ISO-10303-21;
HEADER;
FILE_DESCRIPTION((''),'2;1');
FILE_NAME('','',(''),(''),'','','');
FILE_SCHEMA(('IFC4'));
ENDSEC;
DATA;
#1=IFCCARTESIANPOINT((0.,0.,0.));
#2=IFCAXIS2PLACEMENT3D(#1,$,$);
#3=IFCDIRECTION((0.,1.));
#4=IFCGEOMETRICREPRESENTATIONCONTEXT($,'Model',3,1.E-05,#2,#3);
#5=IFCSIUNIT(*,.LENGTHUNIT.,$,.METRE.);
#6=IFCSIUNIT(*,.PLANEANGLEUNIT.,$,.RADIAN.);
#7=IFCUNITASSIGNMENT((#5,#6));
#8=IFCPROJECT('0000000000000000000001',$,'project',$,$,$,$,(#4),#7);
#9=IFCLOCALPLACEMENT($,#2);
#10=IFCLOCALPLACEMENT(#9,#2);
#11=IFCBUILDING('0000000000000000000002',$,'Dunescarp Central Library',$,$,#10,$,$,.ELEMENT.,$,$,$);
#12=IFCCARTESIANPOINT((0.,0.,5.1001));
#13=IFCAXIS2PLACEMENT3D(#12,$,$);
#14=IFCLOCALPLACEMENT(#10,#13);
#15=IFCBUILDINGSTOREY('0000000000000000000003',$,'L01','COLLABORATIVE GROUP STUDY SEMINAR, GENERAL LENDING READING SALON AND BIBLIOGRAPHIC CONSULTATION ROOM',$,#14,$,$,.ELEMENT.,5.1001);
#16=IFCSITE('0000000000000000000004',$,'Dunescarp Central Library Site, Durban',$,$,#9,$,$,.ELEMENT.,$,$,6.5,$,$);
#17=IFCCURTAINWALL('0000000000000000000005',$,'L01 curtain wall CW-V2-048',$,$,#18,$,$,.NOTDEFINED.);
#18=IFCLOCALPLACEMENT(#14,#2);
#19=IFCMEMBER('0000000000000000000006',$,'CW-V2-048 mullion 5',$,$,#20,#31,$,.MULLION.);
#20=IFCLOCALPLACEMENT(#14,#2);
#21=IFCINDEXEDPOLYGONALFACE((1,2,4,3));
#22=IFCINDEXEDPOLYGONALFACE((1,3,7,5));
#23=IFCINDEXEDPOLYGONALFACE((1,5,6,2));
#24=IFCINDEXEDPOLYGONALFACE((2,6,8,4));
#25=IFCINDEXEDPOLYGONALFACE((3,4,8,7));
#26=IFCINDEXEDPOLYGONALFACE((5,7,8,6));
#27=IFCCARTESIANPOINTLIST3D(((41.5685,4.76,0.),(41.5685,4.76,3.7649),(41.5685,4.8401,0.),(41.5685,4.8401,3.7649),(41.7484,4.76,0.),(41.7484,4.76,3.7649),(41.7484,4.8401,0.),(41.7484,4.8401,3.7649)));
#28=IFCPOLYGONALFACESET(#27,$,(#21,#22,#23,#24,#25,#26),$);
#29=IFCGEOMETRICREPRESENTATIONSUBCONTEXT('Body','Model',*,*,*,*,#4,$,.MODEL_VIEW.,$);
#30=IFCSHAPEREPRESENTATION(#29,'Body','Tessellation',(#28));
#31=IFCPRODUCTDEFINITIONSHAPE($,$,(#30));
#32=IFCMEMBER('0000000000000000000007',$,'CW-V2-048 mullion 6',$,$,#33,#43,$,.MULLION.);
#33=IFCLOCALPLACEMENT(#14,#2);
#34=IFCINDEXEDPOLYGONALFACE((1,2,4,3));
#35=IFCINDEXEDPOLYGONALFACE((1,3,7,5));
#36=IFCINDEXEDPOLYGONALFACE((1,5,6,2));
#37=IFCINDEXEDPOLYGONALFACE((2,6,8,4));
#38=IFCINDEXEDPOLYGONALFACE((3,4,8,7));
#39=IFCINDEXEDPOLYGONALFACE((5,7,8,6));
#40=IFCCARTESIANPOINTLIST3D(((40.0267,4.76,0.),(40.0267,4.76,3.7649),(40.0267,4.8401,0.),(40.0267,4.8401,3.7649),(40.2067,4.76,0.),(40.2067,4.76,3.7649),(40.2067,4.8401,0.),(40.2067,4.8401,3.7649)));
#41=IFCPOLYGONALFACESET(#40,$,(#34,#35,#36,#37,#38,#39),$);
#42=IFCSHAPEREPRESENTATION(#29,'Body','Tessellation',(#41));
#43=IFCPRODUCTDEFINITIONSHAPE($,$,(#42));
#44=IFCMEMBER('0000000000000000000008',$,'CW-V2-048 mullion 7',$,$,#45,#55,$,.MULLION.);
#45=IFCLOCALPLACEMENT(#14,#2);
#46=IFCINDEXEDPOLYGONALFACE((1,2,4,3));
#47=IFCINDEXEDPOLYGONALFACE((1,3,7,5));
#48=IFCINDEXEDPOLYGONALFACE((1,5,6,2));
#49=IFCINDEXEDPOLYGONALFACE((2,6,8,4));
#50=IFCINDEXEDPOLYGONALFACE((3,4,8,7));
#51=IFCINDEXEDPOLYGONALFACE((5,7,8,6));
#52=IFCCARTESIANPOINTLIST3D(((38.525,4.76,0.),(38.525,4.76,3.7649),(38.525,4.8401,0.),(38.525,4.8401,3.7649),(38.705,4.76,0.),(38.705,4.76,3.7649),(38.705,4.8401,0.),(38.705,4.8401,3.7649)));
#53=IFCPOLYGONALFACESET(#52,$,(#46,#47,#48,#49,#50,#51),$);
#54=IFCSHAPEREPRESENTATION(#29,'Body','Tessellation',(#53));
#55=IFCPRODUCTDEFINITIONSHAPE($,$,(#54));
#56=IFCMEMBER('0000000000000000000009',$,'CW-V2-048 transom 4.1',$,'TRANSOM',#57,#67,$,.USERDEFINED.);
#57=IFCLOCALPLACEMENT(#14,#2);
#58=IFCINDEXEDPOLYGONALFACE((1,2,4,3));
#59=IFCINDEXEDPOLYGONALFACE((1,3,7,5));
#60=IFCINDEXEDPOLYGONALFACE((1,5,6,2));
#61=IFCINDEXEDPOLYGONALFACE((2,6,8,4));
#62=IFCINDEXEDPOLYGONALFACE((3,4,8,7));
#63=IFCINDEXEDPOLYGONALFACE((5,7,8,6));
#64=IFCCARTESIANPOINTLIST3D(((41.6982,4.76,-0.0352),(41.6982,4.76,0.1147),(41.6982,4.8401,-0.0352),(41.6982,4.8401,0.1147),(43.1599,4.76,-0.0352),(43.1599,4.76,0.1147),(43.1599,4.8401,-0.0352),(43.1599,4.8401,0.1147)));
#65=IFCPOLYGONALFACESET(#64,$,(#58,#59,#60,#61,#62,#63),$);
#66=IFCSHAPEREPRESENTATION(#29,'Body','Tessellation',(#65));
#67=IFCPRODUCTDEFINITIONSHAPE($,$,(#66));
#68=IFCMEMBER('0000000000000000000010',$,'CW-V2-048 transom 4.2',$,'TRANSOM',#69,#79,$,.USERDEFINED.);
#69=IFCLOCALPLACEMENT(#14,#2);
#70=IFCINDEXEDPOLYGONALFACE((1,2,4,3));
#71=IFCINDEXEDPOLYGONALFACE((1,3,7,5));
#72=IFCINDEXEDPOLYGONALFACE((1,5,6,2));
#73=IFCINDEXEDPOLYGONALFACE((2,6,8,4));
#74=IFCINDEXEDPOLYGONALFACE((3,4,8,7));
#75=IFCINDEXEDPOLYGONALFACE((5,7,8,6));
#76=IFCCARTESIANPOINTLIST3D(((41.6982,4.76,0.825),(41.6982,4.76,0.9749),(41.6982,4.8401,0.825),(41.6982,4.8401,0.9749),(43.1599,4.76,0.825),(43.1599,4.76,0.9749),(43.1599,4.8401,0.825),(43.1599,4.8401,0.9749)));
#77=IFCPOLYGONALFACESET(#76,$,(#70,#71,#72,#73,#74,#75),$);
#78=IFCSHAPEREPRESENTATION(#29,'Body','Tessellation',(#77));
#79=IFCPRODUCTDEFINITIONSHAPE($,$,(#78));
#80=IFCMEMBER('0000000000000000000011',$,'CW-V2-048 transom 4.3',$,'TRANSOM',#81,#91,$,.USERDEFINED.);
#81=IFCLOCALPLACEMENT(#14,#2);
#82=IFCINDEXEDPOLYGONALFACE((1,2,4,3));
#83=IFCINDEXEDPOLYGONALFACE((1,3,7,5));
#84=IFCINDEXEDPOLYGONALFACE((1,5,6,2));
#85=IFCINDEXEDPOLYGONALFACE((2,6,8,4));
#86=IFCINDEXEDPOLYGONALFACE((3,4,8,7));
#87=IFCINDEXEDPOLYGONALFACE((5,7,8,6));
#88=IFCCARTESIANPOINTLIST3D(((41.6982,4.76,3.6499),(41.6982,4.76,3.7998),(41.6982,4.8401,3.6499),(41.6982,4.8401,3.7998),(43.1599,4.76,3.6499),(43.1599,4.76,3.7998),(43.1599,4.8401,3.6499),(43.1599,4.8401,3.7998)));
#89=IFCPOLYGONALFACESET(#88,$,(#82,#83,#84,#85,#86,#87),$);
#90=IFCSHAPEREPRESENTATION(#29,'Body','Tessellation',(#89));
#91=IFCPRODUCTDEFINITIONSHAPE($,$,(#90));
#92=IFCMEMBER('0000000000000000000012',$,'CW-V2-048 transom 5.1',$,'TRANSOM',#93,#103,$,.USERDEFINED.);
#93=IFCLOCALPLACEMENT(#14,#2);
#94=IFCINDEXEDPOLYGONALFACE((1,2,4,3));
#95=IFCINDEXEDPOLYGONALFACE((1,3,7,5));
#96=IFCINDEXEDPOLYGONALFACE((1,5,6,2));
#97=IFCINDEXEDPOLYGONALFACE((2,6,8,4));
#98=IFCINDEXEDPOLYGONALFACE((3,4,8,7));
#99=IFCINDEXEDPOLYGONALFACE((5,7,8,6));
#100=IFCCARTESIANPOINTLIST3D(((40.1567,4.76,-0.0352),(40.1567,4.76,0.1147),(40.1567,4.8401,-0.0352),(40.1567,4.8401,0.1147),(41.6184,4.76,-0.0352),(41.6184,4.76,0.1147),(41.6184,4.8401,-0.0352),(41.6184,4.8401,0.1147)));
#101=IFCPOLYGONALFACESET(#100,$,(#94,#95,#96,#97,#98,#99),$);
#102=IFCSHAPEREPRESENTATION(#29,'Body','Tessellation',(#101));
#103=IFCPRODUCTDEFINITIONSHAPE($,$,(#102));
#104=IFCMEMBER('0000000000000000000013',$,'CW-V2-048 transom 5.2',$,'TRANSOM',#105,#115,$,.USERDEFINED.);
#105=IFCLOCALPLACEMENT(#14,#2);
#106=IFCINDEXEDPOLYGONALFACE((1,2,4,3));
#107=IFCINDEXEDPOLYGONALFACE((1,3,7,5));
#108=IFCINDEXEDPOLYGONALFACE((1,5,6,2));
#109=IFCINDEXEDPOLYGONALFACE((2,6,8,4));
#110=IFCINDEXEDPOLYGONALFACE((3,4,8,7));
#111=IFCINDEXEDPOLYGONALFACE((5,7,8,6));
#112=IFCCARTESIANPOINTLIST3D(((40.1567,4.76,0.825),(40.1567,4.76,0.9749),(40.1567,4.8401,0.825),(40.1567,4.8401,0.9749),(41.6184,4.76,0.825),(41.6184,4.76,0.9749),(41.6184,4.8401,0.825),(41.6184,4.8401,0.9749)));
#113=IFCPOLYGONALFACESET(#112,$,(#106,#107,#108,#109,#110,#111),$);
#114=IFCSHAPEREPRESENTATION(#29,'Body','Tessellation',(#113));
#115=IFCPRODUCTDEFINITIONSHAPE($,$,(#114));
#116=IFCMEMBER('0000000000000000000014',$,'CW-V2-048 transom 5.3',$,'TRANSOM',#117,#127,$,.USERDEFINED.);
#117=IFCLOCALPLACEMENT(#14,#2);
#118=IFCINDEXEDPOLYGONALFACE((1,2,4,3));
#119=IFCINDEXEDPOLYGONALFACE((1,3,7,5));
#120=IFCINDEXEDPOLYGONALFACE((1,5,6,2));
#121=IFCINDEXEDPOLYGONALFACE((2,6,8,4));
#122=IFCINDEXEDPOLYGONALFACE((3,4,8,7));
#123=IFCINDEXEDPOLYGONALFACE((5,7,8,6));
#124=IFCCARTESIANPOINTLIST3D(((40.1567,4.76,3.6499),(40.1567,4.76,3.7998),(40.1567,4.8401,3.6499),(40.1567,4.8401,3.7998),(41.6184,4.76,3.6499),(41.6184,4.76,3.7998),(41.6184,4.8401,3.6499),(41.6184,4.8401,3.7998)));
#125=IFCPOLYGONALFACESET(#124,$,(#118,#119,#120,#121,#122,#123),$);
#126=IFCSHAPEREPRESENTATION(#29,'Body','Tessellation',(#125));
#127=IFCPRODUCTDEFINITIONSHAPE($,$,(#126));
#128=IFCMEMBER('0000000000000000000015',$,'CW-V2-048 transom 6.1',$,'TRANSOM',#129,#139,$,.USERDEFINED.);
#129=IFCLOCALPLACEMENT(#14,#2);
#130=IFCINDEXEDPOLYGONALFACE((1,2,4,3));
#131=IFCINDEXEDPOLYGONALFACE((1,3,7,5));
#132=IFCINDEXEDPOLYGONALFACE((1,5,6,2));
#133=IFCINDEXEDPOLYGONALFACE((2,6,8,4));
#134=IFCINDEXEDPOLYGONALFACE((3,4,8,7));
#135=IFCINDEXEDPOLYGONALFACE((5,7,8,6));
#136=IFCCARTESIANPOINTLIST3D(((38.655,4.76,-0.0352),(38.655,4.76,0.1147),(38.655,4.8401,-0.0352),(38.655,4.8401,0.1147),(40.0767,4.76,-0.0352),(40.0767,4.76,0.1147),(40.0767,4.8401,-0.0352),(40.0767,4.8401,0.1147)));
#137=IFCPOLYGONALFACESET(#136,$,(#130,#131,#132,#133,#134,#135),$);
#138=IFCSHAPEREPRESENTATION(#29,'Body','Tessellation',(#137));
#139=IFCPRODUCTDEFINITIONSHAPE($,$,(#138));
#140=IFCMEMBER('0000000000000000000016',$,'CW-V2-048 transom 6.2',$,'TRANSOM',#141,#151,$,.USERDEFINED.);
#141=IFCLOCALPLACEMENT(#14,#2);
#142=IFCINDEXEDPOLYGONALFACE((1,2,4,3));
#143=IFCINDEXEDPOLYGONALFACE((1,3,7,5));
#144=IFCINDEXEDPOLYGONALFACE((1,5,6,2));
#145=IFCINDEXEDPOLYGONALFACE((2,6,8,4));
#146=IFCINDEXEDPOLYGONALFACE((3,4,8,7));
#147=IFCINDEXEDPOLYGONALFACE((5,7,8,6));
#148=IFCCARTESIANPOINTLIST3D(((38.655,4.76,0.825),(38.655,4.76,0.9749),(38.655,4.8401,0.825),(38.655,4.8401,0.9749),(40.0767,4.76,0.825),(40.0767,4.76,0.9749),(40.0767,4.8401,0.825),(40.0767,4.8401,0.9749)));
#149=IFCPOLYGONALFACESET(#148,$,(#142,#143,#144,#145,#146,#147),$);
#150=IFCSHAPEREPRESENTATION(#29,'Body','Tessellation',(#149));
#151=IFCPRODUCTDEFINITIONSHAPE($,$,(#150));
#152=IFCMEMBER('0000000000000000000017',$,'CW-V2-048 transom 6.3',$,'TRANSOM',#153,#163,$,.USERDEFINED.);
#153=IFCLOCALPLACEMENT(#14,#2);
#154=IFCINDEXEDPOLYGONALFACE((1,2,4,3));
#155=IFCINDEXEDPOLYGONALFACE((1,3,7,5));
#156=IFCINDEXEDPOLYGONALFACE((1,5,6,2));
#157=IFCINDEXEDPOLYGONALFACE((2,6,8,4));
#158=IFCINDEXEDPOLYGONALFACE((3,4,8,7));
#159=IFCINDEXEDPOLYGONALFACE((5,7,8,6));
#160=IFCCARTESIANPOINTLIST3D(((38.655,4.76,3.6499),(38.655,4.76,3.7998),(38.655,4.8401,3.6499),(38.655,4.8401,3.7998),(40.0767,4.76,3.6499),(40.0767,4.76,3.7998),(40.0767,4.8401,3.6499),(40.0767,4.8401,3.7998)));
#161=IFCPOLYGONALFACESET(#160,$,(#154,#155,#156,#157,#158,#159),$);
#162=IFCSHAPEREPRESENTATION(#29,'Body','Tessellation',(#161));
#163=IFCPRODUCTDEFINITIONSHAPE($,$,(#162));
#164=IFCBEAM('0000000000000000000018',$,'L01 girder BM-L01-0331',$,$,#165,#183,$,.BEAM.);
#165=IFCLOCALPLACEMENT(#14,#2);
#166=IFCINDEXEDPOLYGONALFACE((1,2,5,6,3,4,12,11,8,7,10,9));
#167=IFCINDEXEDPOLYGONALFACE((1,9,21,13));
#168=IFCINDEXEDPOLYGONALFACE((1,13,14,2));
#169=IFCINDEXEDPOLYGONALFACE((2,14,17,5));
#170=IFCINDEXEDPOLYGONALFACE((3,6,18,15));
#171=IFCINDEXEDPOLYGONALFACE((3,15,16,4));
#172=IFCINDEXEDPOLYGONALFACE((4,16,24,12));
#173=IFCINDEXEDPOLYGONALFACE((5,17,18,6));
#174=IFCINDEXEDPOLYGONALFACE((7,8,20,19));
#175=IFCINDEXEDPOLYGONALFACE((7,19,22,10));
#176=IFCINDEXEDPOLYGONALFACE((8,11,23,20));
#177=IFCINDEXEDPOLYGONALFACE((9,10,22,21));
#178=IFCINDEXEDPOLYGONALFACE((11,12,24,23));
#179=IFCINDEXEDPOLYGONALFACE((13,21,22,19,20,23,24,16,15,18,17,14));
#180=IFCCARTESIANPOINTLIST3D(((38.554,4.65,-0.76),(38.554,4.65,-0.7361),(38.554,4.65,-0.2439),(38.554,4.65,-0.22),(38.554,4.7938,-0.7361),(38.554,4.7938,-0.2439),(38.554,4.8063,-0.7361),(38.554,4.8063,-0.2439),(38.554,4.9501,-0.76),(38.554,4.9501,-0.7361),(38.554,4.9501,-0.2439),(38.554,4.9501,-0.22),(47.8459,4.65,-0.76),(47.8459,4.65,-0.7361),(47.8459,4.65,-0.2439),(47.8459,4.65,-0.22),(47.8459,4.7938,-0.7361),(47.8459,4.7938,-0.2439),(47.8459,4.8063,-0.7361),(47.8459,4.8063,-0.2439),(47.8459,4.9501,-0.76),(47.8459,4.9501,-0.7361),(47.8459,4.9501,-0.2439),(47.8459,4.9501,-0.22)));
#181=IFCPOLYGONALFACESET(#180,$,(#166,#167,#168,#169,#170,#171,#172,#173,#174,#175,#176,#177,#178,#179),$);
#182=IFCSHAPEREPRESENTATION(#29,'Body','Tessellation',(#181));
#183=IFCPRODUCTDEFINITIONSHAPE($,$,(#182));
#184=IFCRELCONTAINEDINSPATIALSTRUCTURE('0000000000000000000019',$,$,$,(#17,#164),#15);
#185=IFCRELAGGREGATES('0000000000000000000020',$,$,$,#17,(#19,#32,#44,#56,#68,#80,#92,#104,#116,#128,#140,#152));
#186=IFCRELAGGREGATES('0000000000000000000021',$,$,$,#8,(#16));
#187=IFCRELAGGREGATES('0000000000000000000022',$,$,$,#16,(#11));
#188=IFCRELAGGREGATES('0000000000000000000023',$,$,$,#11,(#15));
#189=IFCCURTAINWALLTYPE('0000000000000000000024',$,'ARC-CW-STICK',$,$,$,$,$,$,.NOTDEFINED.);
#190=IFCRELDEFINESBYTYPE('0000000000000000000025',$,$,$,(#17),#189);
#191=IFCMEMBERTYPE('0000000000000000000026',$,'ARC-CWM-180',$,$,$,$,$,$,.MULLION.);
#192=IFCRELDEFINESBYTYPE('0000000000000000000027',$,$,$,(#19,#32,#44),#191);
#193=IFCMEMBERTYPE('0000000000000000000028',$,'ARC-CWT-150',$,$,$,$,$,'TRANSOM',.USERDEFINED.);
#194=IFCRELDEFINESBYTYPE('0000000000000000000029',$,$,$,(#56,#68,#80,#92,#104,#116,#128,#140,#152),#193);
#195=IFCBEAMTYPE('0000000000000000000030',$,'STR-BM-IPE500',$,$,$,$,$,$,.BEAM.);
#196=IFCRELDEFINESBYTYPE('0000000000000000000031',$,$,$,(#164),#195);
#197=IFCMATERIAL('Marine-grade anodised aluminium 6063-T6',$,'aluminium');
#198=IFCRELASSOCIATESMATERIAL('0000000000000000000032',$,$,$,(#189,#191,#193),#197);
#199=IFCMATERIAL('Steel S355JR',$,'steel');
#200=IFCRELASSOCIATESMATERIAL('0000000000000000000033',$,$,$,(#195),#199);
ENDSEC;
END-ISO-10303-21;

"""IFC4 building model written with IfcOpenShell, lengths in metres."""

from ifc_helpers import new_model, si_unit, direction, frame, origin, origin_2d, place, context, subcontext, project, spatial, rectangle, i_section, extrude, material, material_profile, profile_set, type_object, element, aggregate, save


model = new_model("IFC4")

# Units and contexts
model_context = context("Model", 3, precision=1e-05, world=origin(), true_north=direction((0.0, 1.0)))
body_context = subcontext(model_context, "Body", "Model", "MODEL_VIEW")
ifc_project = project(units=[si_unit("LENGTHUNIT", "METRE"), si_unit("PLANEANGLEUNIT", "RADIAN")], contexts=[model_context])

# Site, building, storey
site_placement = place(None, origin())
site = spatial("IfcSite", under=ifc_project, at=site_placement, Name="Dunescarp Central Library Site, Durban", CompositionType="ELEMENT", RefElevation=6.5)
building_placement = place(site_placement, origin())
building = spatial("IfcBuilding", under=site, at=building_placement, Name="Dunescarp Central Library", CompositionType="ELEMENT")
storey_placement = place(building_placement, frame((0.0, 0.0, 5.1001)))
storey = spatial("IfcBuildingStorey", under=building, at=storey_placement, Name="L01", Description="COLLABORATIVE GROUP STUDY SEMINAR, GENERAL LENDING READING SALON AND BIBLIOGRAPHIC CONSULTATION ROOM", CompositionType="ELEMENT", Elevation=5.1001)

# Curtain wall, members
ifc_material_1 = material(Name="Marine-grade anodised aluminium 6063-T6", Category="aluminium")
curtain_wall_type = type_object("IfcCurtainWallType", Name="ARC-CW-STICK", PredefinedType="NOTDEFINED", material=ifc_material_1)
curtain_wall_placement = place(storey_placement, origin())
curtain_wall = element("IfcCurtainWall", 1, at=curtain_wall_placement, inside=storey, type_object=curtain_wall_type, Name="L01 curtain wall CW-V2-048", PredefinedType="NOTDEFINED")
ifc_material_profile_1 = material_profile(ifc_material_1, rectangle(XDim=0.0801, YDim=0.1799, at=origin_2d()), Name="AL 80x180")
ifc_profile_set_1 = profile_set([ifc_material_profile_1], Name="Marine-grade anodised aluminium 6063-T6")
member_type_1 = type_object("IfcMemberType", Name="ARC-CWM-180", PredefinedType="MULLION", material=ifc_profile_set_1)
member_1_placement = place(storey_placement, frame((41.6584, 4.8, 0.0), z_axis=(0.0, 0.0, 1.0), x_axis=(0.0, -1.0, 0.0)))
member_1 = element("IfcMember", 2, at=member_1_placement, type_object=member_type_1, Name="CW-V2-048 mullion 5", PredefinedType="MULLION", context=body_context, shape_type="SweptSolid", body=[
    extrude(rectangle(XDim=0.0801, YDim=0.1799, at=origin_2d()), origin(), (0.0, 0.0, 1.0), 3.7649),
])
member_2_placement = place(storey_placement, frame((40.1167, 4.8, 0.0), z_axis=(0.0, 0.0, 1.0), x_axis=(0.0, -1.0, 0.0)))
member_2 = element("IfcMember", 3, at=member_2_placement, type_object=member_type_1, Name="CW-V2-048 mullion 6", PredefinedType="MULLION", context=body_context, shape_type="SweptSolid", body=[
    extrude(rectangle(XDim=0.0801, YDim=0.1799, at=origin_2d()), origin(), (0.0, 0.0, 1.0), 3.7649),
])
member_3_placement = place(storey_placement, frame((38.615, 4.8, 0.0), z_axis=(0.0, 0.0, 1.0), x_axis=(0.0, -1.0, 0.0)))
member_3 = element("IfcMember", 4, at=member_3_placement, type_object=member_type_1, Name="CW-V2-048 mullion 7", PredefinedType="MULLION", context=body_context, shape_type="SweptSolid", body=[
    extrude(rectangle(XDim=0.0801, YDim=0.1799, at=origin_2d()), origin(), (0.0, 0.0, 1.0), 3.7649),
])
ifc_material_profile_2 = material_profile(ifc_material_1, rectangle(XDim=0.0801, YDim=0.1499, at=origin_2d()), Name="AL 80x150")
ifc_profile_set_2 = profile_set([ifc_material_profile_2], Name="Marine-grade anodised aluminium 6063-T6")
member_type_2 = type_object("IfcMemberType", Name="ARC-CWT-150", ElementType="TRANSOM", PredefinedType="USERDEFINED", material=ifc_profile_set_2)
member_4_placement = place(storey_placement, frame((43.1599, 4.8, 0.0398), z_axis=(-1.0, 0.0, 0.0), x_axis=(0.0, -1.0, 0.0)))
member_4 = element("IfcMember", 5, at=member_4_placement, type_object=member_type_2, Name="CW-V2-048 transom 4.1", ObjectType="TRANSOM", PredefinedType="USERDEFINED", context=body_context, shape_type="SweptSolid", body=[
    extrude(rectangle(XDim=0.0801, YDim=0.1499, at=origin_2d()), origin(), (0.0, 0.0, 1.0), 1.4617),
])
member_5_placement = place(storey_placement, frame((43.1599, 4.8, 0.8999), z_axis=(-1.0, 0.0, 0.0), x_axis=(0.0, -1.0, 0.0)))
member_5 = element("IfcMember", 6, at=member_5_placement, type_object=member_type_2, Name="CW-V2-048 transom 4.2", ObjectType="TRANSOM", PredefinedType="USERDEFINED", context=body_context, shape_type="SweptSolid", body=[
    extrude(rectangle(XDim=0.0801, YDim=0.1499, at=origin_2d()), origin(), (0.0, 0.0, 1.0), 1.4617),
])
member_6_placement = place(storey_placement, frame((43.1599, 4.8, 3.7249), z_axis=(-1.0, 0.0, 0.0), x_axis=(0.0, -1.0, 0.0)))
member_6 = element("IfcMember", 7, at=member_6_placement, type_object=member_type_2, Name="CW-V2-048 transom 4.3", ObjectType="TRANSOM", PredefinedType="USERDEFINED", context=body_context, shape_type="SweptSolid", body=[
    extrude(rectangle(XDim=0.0801, YDim=0.1499, at=origin_2d()), origin(), (0.0, 0.0, 1.0), 1.4617),
])
member_7_placement = place(storey_placement, frame((41.6184, 4.8, 0.0398), z_axis=(-1.0, 0.0, 0.0), x_axis=(0.0, -1.0, 0.0)))
member_7 = element("IfcMember", 8, at=member_7_placement, type_object=member_type_2, Name="CW-V2-048 transom 5.1", ObjectType="TRANSOM", PredefinedType="USERDEFINED", context=body_context, shape_type="SweptSolid", body=[
    extrude(rectangle(XDim=0.0801, YDim=0.1499, at=origin_2d()), origin(), (0.0, 0.0, 1.0), 1.4617),
])
member_8_placement = place(storey_placement, frame((41.6184, 4.8, 0.8999), z_axis=(-1.0, 0.0, 0.0), x_axis=(0.0, -1.0, 0.0)))
member_8 = element("IfcMember", 9, at=member_8_placement, type_object=member_type_2, Name="CW-V2-048 transom 5.2", ObjectType="TRANSOM", PredefinedType="USERDEFINED", context=body_context, shape_type="SweptSolid", body=[
    extrude(rectangle(XDim=0.0801, YDim=0.1499, at=origin_2d()), origin(), (0.0, 0.0, 1.0), 1.4617),
])
member_9_placement = place(storey_placement, frame((41.6184, 4.8, 3.7249), z_axis=(-1.0, 0.0, 0.0), x_axis=(0.0, -1.0, 0.0)))
member_9 = element("IfcMember", 10, at=member_9_placement, type_object=member_type_2, Name="CW-V2-048 transom 5.3", ObjectType="TRANSOM", PredefinedType="USERDEFINED", context=body_context, shape_type="SweptSolid", body=[
    extrude(rectangle(XDim=0.0801, YDim=0.1499, at=origin_2d()), origin(), (0.0, 0.0, 1.0), 1.4617),
])
member_10_placement = place(storey_placement, frame((40.0767, 4.8, 0.0398), z_axis=(-1.0, 0.0, 0.0), x_axis=(0.0, -1.0, 0.0)))
member_10 = element("IfcMember", 11, at=member_10_placement, type_object=member_type_2, Name="CW-V2-048 transom 6.1", ObjectType="TRANSOM", PredefinedType="USERDEFINED", context=body_context, shape_type="SweptSolid", body=[
    extrude(rectangle(XDim=0.0801, YDim=0.1499, at=origin_2d()), origin(), (0.0, 0.0, 1.0), 1.4216),
])
member_11_placement = place(storey_placement, frame((40.0767, 4.8, 0.8999), z_axis=(-1.0, 0.0, 0.0), x_axis=(0.0, -1.0, 0.0)))
member_11 = element("IfcMember", 12, at=member_11_placement, type_object=member_type_2, Name="CW-V2-048 transom 6.2", ObjectType="TRANSOM", PredefinedType="USERDEFINED", context=body_context, shape_type="SweptSolid", body=[
    extrude(rectangle(XDim=0.0801, YDim=0.1499, at=origin_2d()), origin(), (0.0, 0.0, 1.0), 1.4216),
])
member_12_placement = place(storey_placement, frame((40.0767, 4.8, 3.7249), z_axis=(-1.0, 0.0, 0.0), x_axis=(0.0, -1.0, 0.0)))
member_12 = element("IfcMember", 13, at=member_12_placement, type_object=member_type_2, Name="CW-V2-048 transom 6.3", ObjectType="TRANSOM", PredefinedType="USERDEFINED", context=body_context, shape_type="SweptSolid", body=[
    extrude(rectangle(XDim=0.0801, YDim=0.1499, at=origin_2d()), origin(), (0.0, 0.0, 1.0), 1.4216),
])

# Beam
ifc_material_2 = material(Name="Steel S355JR", Category="steel")
ifc_material_profile_3 = material_profile(ifc_material_2, i_section(OverallWidth=0.3, OverallDepth=0.54, WebThickness=0.0125, FlangeThickness=0.0239, at=origin_2d()), Name="HEA 550")
ifc_profile_set_3 = profile_set([ifc_material_profile_3], Name="Steel S355JR")
beam_type_1 = type_object("IfcBeamType", Name="STR-BM-IPE500", PredefinedType="BEAM", material=ifc_profile_set_3)
beam_1_placement = place(storey_placement, frame((38.554, 4.8, -0.49), z_axis=(1.0, 0.0, 0.0), x_axis=(0.0, 1.0, 0.0)))
element("IfcBeam", 14, at=beam_1_placement, inside=storey, type_object=beam_type_1, Name="L01 girder BM-L01-0331", PredefinedType="BEAM", context=body_context, shape_type="SweptSolid", body=[
    extrude(i_section(OverallWidth=0.3, OverallDepth=0.54, WebThickness=0.0125, FlangeThickness=0.0239, at=origin_2d()), origin(), (0.0, 0.0, 1.0), 9.292),
])

aggregate(curtain_wall, [member_1, member_2, member_3, member_4, member_5, member_6, member_7, member_8, member_9, member_10, member_11, member_12])

save(model, "model.ifc")
